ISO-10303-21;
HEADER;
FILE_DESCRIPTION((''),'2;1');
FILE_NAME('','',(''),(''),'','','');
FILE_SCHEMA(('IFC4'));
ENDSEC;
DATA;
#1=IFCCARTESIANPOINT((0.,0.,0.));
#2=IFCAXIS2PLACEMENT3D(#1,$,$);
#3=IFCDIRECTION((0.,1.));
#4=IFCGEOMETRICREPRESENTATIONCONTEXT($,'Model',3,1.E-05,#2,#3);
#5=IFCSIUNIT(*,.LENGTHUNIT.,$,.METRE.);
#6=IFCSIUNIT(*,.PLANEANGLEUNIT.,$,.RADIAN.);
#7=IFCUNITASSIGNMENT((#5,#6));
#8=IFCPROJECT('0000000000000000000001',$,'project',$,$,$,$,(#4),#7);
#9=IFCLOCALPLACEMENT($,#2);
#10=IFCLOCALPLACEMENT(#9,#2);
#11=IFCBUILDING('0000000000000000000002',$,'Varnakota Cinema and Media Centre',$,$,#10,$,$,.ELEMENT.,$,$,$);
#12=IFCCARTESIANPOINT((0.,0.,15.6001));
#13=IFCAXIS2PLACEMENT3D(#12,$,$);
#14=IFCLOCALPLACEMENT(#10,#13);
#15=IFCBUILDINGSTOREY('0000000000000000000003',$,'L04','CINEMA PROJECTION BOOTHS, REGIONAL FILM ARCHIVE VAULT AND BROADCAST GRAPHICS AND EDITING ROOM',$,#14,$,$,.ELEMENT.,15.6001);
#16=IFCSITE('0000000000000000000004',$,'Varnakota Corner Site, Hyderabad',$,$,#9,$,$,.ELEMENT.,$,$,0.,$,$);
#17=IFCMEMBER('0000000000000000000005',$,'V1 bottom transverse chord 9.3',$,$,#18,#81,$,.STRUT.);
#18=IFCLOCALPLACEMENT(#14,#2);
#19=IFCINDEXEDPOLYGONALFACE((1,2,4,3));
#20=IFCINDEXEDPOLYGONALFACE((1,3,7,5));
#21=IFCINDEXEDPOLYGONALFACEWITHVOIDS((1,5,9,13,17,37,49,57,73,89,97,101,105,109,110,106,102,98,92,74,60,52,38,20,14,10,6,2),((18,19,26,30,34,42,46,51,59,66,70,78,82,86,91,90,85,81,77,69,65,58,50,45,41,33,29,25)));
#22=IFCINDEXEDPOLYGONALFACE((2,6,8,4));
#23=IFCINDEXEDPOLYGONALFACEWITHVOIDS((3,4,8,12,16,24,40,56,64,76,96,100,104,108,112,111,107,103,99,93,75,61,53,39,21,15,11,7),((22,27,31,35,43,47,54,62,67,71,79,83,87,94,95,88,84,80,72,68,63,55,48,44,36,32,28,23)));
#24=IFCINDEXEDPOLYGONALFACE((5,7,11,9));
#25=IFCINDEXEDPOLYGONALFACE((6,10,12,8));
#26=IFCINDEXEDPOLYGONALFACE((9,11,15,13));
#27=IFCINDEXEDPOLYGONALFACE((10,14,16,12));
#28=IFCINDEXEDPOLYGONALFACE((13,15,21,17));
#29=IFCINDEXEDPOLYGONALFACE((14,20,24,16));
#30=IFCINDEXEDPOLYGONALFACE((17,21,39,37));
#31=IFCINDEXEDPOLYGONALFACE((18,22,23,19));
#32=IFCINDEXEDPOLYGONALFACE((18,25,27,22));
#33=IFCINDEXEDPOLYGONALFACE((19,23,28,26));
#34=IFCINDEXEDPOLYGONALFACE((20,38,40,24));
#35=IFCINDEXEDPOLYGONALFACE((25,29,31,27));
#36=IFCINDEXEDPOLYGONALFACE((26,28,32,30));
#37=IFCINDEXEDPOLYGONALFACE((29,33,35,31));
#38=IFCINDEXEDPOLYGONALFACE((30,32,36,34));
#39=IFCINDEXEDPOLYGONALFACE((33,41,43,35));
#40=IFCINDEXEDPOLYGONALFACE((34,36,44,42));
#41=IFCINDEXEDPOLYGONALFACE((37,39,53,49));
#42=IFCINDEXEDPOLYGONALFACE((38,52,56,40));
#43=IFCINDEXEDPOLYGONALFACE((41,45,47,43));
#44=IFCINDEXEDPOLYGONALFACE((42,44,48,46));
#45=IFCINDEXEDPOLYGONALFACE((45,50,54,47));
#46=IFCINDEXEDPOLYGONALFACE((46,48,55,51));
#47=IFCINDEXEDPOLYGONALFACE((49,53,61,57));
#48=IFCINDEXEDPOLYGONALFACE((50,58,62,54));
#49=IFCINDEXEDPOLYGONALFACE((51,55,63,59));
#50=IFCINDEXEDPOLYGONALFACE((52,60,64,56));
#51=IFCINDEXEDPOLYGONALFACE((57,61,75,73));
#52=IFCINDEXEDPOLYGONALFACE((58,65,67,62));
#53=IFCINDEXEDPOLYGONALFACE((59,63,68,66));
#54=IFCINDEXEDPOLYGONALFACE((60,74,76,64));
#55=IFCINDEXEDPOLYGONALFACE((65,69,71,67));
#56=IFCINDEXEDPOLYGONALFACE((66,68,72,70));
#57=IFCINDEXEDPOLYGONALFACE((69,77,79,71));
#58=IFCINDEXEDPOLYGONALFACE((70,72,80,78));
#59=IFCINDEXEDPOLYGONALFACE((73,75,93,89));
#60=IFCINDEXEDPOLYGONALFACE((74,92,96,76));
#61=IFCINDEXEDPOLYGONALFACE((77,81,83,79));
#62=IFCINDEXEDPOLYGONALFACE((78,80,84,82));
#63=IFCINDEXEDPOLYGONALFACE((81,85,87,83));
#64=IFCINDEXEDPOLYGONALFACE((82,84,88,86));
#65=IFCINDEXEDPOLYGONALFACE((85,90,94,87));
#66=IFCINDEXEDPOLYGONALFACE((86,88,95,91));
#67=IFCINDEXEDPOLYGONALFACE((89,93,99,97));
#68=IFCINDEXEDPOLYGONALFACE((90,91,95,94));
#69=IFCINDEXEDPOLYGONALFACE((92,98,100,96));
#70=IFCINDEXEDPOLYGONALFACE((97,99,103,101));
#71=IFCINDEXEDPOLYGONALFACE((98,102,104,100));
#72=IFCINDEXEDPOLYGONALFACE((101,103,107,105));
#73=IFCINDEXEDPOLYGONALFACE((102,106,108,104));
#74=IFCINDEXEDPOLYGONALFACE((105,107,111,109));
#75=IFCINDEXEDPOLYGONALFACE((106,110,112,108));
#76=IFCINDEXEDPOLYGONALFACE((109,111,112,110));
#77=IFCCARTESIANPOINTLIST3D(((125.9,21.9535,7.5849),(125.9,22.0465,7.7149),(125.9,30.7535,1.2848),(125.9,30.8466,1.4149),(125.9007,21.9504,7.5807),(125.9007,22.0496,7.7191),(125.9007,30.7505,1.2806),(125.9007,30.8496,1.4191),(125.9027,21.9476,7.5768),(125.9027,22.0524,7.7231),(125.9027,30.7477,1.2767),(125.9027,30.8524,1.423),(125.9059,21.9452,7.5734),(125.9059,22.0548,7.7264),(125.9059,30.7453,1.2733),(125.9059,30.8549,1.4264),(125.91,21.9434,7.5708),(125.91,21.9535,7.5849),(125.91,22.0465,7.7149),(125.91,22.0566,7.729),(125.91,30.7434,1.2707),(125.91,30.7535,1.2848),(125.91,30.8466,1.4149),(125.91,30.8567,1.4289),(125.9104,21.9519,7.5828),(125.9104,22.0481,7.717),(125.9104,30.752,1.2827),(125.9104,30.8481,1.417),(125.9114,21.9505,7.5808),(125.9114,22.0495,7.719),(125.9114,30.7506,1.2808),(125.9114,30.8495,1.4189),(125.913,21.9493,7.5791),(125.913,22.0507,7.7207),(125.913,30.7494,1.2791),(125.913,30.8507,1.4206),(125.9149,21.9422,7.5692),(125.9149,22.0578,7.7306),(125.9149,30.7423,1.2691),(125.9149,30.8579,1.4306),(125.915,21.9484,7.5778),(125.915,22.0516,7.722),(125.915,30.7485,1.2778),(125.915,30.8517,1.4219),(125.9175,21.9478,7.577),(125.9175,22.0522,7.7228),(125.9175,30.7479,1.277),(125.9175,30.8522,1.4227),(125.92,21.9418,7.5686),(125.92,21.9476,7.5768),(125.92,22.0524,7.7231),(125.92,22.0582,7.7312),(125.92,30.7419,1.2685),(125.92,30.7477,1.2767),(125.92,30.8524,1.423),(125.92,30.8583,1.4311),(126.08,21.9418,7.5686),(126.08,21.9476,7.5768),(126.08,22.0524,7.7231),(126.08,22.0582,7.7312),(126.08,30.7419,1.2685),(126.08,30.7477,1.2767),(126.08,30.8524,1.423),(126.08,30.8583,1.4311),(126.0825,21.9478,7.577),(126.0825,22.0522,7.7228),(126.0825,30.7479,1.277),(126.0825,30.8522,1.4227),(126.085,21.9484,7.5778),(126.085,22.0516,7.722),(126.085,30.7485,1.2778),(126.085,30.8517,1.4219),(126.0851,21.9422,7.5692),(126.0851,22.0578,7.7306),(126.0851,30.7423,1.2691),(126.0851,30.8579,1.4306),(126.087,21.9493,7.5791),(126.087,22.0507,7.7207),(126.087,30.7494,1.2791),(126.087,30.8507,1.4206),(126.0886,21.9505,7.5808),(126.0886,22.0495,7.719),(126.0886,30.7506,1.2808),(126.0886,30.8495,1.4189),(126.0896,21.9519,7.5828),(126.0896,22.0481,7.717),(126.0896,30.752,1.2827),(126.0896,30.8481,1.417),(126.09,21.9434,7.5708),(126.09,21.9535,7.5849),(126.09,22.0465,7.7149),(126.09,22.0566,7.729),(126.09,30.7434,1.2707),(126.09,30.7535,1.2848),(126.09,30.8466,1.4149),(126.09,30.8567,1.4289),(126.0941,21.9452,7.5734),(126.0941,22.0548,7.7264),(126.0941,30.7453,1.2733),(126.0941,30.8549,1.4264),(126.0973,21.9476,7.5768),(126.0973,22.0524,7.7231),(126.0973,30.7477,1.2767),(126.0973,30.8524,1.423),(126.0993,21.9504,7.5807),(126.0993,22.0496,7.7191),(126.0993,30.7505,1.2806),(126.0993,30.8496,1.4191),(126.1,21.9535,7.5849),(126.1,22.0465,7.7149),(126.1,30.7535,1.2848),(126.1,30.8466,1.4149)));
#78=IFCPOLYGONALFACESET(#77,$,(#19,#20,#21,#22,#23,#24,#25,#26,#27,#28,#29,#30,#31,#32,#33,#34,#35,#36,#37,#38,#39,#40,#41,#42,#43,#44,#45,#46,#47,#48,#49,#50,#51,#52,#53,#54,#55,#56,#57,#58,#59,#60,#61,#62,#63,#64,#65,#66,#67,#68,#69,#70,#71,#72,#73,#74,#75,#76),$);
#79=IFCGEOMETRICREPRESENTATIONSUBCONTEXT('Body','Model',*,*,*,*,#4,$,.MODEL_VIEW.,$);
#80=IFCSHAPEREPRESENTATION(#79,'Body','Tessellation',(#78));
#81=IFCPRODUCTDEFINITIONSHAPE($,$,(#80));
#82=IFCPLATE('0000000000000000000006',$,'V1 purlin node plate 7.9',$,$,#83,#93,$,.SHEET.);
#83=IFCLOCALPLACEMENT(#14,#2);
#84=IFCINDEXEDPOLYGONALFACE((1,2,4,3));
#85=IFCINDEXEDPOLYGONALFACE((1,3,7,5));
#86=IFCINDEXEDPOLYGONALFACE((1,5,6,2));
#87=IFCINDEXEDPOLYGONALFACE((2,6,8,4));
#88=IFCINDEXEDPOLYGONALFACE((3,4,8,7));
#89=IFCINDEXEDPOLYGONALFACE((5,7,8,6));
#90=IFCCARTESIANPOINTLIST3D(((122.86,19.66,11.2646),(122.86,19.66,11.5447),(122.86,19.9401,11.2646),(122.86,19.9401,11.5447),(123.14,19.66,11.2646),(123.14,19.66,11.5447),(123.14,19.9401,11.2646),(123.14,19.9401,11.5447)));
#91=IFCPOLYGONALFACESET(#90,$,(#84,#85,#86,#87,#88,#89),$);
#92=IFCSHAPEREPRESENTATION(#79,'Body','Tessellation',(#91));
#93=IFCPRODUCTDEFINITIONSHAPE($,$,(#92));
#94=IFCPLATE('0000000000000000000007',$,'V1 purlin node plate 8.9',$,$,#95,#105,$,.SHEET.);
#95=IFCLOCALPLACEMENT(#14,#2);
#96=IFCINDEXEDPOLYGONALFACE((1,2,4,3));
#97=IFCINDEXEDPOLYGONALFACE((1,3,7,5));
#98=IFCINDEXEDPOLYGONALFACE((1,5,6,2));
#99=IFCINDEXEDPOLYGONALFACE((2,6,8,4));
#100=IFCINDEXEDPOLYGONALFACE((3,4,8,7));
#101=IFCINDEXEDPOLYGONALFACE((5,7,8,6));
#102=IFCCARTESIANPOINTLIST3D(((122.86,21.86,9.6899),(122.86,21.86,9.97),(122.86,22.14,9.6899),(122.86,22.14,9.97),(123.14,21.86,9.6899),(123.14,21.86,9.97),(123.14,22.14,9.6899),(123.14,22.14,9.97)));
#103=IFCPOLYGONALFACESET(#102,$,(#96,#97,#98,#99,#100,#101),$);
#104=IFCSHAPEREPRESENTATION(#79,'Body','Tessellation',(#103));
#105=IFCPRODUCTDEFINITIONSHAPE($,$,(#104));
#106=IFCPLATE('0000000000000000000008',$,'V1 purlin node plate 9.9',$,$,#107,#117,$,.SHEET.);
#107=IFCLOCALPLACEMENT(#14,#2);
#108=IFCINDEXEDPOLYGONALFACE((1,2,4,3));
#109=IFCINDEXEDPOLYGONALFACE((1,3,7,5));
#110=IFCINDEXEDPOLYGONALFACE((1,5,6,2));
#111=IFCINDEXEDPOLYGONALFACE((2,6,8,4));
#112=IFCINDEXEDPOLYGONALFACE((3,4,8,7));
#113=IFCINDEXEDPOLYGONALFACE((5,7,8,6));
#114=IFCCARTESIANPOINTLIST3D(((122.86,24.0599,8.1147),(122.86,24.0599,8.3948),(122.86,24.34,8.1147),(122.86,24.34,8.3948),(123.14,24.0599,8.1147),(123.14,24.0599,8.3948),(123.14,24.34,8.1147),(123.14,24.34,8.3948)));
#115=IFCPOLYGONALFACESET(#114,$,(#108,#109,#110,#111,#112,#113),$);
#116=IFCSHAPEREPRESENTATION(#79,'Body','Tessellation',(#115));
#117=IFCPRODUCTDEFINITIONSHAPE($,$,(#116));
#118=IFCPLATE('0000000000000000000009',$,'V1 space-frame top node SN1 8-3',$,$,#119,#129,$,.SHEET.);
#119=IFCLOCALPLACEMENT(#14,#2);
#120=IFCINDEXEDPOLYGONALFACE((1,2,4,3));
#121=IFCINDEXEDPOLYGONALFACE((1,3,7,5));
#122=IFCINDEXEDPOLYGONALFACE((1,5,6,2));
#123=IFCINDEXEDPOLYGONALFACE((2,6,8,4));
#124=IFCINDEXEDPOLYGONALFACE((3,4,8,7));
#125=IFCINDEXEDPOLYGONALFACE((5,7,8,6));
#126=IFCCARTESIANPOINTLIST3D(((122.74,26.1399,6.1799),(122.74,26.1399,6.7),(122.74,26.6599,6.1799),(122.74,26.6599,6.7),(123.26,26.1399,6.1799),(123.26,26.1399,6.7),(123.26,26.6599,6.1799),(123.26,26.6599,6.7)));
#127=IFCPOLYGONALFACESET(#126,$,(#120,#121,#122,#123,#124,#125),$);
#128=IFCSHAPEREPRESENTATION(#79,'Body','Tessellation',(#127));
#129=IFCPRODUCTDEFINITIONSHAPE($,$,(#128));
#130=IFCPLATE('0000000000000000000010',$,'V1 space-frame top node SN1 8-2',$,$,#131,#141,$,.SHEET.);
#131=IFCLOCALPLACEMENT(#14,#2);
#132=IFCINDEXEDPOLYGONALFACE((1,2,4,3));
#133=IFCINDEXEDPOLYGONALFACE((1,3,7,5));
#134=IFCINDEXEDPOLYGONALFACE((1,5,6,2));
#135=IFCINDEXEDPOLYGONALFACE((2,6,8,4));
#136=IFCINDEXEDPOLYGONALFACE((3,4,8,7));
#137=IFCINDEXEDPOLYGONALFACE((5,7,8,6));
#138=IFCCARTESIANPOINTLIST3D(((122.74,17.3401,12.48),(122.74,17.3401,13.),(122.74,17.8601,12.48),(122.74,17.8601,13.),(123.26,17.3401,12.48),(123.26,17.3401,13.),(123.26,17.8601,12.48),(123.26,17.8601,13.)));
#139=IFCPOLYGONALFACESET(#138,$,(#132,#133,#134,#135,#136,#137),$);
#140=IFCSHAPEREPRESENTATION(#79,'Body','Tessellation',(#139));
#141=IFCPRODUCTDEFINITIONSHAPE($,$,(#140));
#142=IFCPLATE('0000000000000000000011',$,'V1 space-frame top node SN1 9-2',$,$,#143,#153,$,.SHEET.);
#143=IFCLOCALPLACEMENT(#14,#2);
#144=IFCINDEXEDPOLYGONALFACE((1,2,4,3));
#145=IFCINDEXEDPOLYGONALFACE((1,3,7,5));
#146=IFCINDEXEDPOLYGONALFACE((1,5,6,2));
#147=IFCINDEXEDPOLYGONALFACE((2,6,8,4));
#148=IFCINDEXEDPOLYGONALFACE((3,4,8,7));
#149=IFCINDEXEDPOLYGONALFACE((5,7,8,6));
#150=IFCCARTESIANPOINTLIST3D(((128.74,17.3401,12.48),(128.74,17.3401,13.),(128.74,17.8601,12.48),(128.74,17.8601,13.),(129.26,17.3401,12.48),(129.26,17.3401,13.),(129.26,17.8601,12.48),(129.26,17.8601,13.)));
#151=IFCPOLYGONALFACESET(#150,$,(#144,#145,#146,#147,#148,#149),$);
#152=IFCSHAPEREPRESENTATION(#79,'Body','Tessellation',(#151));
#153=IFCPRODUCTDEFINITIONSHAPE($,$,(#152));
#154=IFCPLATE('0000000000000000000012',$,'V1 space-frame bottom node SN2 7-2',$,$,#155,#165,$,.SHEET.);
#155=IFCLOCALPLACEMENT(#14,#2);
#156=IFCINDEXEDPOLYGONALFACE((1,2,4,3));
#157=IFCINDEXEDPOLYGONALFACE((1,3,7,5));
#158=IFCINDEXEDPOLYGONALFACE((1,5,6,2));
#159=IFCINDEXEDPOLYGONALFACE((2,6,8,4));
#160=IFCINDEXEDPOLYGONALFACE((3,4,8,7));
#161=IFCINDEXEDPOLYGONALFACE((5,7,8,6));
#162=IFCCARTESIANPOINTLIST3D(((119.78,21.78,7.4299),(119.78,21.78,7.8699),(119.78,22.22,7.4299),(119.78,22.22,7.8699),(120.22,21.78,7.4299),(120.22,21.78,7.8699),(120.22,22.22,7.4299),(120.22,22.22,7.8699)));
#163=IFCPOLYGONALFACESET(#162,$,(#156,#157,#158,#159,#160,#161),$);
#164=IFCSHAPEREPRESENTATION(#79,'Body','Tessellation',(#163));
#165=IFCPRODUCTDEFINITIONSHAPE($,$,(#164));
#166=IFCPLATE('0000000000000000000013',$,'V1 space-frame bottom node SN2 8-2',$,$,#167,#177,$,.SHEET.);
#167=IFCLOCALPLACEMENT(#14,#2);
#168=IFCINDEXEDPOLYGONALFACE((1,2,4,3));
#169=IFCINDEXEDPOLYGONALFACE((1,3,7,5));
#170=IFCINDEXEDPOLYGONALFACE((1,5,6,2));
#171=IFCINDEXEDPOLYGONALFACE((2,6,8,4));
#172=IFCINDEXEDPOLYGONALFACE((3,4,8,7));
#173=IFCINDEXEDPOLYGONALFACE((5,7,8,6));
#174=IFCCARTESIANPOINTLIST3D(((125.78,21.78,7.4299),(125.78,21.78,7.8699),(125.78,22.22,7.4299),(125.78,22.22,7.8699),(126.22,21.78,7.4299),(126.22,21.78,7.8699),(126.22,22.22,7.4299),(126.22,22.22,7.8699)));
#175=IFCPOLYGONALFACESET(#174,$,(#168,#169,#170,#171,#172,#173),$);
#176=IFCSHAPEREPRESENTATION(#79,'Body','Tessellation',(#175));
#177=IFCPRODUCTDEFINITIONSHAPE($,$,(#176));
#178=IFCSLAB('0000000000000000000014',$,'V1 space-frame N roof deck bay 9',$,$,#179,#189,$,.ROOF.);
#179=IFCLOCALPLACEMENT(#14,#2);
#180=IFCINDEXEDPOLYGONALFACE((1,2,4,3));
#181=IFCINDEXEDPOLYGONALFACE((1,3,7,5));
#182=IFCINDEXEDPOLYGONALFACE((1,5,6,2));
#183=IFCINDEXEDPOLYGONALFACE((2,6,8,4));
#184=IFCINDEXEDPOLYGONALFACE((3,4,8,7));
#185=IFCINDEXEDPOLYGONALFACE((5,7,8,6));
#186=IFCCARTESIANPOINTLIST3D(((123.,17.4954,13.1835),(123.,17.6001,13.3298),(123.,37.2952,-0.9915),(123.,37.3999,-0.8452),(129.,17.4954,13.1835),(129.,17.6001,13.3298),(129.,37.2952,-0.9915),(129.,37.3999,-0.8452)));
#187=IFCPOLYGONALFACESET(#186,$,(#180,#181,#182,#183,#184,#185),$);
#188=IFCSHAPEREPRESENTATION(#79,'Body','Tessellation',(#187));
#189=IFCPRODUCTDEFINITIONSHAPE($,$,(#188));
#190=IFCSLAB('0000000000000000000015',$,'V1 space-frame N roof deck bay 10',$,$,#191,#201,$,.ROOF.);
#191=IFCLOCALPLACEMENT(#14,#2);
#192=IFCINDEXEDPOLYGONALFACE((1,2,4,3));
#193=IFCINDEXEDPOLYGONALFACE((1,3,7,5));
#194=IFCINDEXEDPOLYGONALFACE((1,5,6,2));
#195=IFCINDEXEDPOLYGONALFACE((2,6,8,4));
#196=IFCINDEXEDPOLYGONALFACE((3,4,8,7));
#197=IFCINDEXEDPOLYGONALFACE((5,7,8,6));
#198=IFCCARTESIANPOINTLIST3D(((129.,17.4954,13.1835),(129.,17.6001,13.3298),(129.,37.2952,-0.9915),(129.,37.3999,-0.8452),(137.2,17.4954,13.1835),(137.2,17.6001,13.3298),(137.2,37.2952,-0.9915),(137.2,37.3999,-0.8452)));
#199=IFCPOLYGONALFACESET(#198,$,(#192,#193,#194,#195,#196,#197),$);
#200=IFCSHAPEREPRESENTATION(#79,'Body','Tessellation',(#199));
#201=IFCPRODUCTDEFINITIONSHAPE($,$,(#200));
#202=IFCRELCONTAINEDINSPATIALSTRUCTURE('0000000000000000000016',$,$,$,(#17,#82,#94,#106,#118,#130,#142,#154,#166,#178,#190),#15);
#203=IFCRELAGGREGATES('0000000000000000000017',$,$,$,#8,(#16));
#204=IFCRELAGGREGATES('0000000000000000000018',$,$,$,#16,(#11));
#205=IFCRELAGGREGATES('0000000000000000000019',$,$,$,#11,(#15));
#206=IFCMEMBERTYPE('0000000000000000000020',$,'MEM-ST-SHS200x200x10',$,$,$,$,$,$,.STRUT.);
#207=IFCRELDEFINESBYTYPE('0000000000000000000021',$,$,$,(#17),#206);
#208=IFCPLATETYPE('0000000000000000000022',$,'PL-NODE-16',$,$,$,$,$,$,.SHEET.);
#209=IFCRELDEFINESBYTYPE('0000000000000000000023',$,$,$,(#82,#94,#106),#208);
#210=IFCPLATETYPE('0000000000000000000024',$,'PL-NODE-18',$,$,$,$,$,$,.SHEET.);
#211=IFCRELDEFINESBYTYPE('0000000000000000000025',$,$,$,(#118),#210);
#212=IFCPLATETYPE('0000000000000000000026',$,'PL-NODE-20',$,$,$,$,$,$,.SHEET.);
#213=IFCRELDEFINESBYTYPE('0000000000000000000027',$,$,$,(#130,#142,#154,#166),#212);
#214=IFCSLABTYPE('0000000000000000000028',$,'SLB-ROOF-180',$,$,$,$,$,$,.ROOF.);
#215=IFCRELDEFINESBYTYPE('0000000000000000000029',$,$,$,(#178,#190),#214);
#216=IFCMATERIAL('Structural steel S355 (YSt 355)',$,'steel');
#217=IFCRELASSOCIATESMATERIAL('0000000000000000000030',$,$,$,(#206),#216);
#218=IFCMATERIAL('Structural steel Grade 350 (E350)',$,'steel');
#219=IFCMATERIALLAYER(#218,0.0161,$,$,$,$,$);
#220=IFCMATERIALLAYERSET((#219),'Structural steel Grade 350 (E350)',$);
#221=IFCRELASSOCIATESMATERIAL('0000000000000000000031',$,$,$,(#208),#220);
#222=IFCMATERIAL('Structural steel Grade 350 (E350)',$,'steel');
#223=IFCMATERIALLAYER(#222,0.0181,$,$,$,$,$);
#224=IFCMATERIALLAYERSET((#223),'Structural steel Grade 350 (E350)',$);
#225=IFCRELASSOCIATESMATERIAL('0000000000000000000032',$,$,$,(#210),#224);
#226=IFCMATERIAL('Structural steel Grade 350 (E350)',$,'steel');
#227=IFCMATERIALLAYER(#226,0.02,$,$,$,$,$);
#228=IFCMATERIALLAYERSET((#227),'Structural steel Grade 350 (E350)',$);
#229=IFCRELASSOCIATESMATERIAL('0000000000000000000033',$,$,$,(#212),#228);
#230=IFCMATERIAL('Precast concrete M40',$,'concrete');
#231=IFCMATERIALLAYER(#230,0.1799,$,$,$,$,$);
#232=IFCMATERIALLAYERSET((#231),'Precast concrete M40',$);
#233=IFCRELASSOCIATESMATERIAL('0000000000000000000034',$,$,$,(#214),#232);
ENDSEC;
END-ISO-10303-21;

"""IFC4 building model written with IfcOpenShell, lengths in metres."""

from ifc_helpers import new_model, si_unit, direction, frame, origin, origin_2d, place, context, subcontext, project, spatial, polyline, rectangle, hollow_rectangle, outline, extrude, material, layer, layer_set, material_profile, profile_set, type_object, element, save


model = new_model("IFC4")

# Units and contexts
model_context = context("Model", 3, precision=1e-05, world=origin(), true_north=direction((0.0, 1.0)))
body_context = subcontext(model_context, "Body", "Model", "MODEL_VIEW")
ifc_project = project(units=[si_unit("LENGTHUNIT", "METRE"), si_unit("PLANEANGLEUNIT", "RADIAN")], contexts=[model_context])

# Site, building, storey
site_placement = place(None, origin())
site = spatial("IfcSite", under=ifc_project, at=site_placement, Name="Varnakota Corner Site, Hyderabad", CompositionType="ELEMENT", RefElevation=0.0)
building_placement = place(site_placement, origin())
building = spatial("IfcBuilding", under=site, at=building_placement, Name="Varnakota Cinema and Media Centre", CompositionType="ELEMENT")
storey_placement = place(building_placement, frame((0.0, 0.0, 15.6001)))
storey = spatial("IfcBuildingStorey", under=building, at=storey_placement, Name="L04", Description="CINEMA PROJECTION BOOTHS, REGIONAL FILM ARCHIVE VAULT AND BROADCAST GRAPHICS AND EDITING ROOM", CompositionType="ELEMENT", Elevation=15.6001)

# Member
ifc_material_1 = material(Name="Structural steel S355 (YSt 355)", Category="steel")
ifc_material_profile_1 = material_profile(ifc_material_1, hollow_rectangle(XDim=0.2, YDim=0.2, WallThickness=0.01, InnerFilletRadius=0.01, OuterFilletRadius=0.02, at=origin_2d()), Name="SHS 200x200x10")
ifc_profile_set_1 = profile_set([ifc_material_profile_1], Name="Structural steel S355 (YSt 355)")
member_type_1 = type_object("IfcMemberType", Name="MEM-ST-SHS200x200x10", PredefinedType="STRUT", material=ifc_profile_set_1)
for number, where, z_axis, x_axis, name in (
    (1, (126.0, 22.0, 7.6499), (0.0, 0.813108, -0.582113), (-1.0, 0.0, 0.0), "V1 bottom transverse chord 9.3"),
):
    element("IfcMember", number, at=place(storey_placement, frame(where, z_axis=z_axis, x_axis=x_axis)), inside=storey, type_object=member_type_1, Name=name, PredefinedType="STRUT", context=body_context, shape_type="SweptSolid", body=[
        extrude(hollow_rectangle(XDim=0.2, YDim=0.2, WallThickness=0.01, InnerFilletRadius=0.01, OuterFilletRadius=0.02, at=origin_2d()), origin(), (0.0, 0.0, 1.0), 10.8228),
    ])

# Plates
ifc_material_2 = material(Name="Structural steel Grade 350 (E350)", Category="steel")
ifc_layer_1 = layer(ifc_material_2, 0.0161)
ifc_layer_set_1 = layer_set([ifc_layer_1], Name="Structural steel Grade 350 (E350)")
plate_type_1 = type_object("IfcPlateType", Name="PL-NODE-16", PredefinedType="SHEET", material=ifc_layer_set_1)
for number, where, z_axis, x_axis, name in (
    (2, (123.0, 19.8, 11.2646), (0.0, 0.0, 1.0), (1.0, 0.0, 0.0), "V1 purlin node plate 7.9"),
    (3, (123.0, 22.0, 9.6899), (0.0, 0.0, 1.0), (1.0, 0.0, 0.0), "V1 purlin node plate 8.9"),
    (4, (123.0, 24.2, 8.1147), (0.0, 0.0, 1.0), (1.0, 0.0, 0.0), "V1 purlin node plate 9.9"),
):
    element("IfcPlate", number, at=place(storey_placement, frame(where, z_axis=z_axis, x_axis=x_axis)), inside=storey, type_object=plate_type_1, Name=name, PredefinedType="SHEET", context=body_context, shape_type="SweptSolid", body=[
        extrude(rectangle(XDim=0.28, YDim=0.28, at=origin_2d()), origin(), (0.0, 0.0, 1.0), 0.28),
    ])
ifc_material_3 = material(Name="Structural steel Grade 350 (E350)", Category="steel")
ifc_layer_2 = layer(ifc_material_3, 0.0181)
ifc_layer_set_2 = layer_set([ifc_layer_2], Name="Structural steel Grade 350 (E350)")
plate_type_2 = type_object("IfcPlateType", Name="PL-NODE-18", PredefinedType="SHEET", material=ifc_layer_set_2)
plate_placement = place(storey_placement, frame((123.0, 26.3999, 6.1799), z_axis=(0.0, 0.0, 1.0), x_axis=(1.0, 0.0, 0.0)))
element("IfcPlate", 5, at=plate_placement, inside=storey, type_object=plate_type_2, Name="V1 space-frame top node SN1 8-3", PredefinedType="SHEET", context=body_context, shape_type="SweptSolid", body=[
    extrude(rectangle(XDim=0.52, YDim=0.52, at=origin_2d()), origin(), (0.0, 0.0, 1.0), 0.52),
])
ifc_material_4 = material(Name="Structural steel Grade 350 (E350)", Category="steel")
ifc_layer_3 = layer(ifc_material_4, 0.02)
ifc_layer_set_3 = layer_set([ifc_layer_3], Name="Structural steel Grade 350 (E350)")
plate_type_3 = type_object("IfcPlateType", Name="PL-NODE-20", PredefinedType="SHEET", material=ifc_layer_set_3)
for number, where, z_axis, x_axis, name in (
    (6, (123.0, 17.6001, 12.48), (0.0, 0.0, 1.0), (1.0, 0.0, 0.0), "V1 space-frame top node SN1 8-2"),
    (7, (129.0, 17.6001, 12.48), (0.0, 0.0, 1.0), (1.0, 0.0, 0.0), "V1 space-frame top node SN1 9-2"),
):
    element("IfcPlate", number, at=place(storey_placement, frame(where, z_axis=z_axis, x_axis=x_axis)), inside=storey, type_object=plate_type_3, Name=name, PredefinedType="SHEET", context=body_context, shape_type="SweptSolid", body=[
        extrude(rectangle(XDim=0.52, YDim=0.52, at=origin_2d()), origin(), (0.0, 0.0, 1.0), 0.52),
    ])
for number, where, z_axis, x_axis, name in (
    (8, (120.0, 22.0, 7.4299), (0.0, 0.0, 1.0), (1.0, 0.0, 0.0), "V1 space-frame bottom node SN2 7-2"),
    (9, (126.0, 22.0, 7.4299), (0.0, 0.0, 1.0), (1.0, 0.0, 0.0), "V1 space-frame bottom node SN2 8-2"),
):
    element("IfcPlate", number, at=place(storey_placement, frame(where, z_axis=z_axis, x_axis=x_axis)), inside=storey, type_object=plate_type_3, Name=name, PredefinedType="SHEET", context=body_context, shape_type="SweptSolid", body=[
        extrude(rectangle(XDim=0.4399, YDim=0.4399, at=origin_2d()), origin(), (0.0, 0.0, 1.0), 0.4399),
    ])

# Slabs
ifc_material_5 = material(Name="Precast concrete M40", Category="concrete")
ifc_layer_4 = layer(ifc_material_5, 0.1799)
ifc_layer_set_4 = layer_set([ifc_layer_4], Name="Precast concrete M40")
slab_type = type_object("IfcSlabType", Name="SLB-ROOF-180", PredefinedType="ROOF", material=ifc_layer_set_4)
slab_1_placement = place(storey_placement, frame((123.0, 17.6001, 13.3298), z_axis=(0.0, 0.582117, 0.813105), x_axis=(1.0, 0.0, 0.0)))
element("IfcSlab", 10, at=slab_1_placement, inside=storey, type_object=slab_type, Name="V1 space-frame N roof deck bay 9", PredefinedType="ROOF", context=body_context, shape_type="SweptSolid", body=[
    extrude(outline(polyline([(0.0, 0.0), (6.0, 0.0), (6.0, 24.3509), (0.0, 24.3509), (0.0, 0.0)])), origin(), (0.0, 0.0, -1.0), 0.1799),
])
slab_2_placement = place(storey_placement, frame((129.0, 17.6001, 13.3298), z_axis=(0.0, 0.582117, 0.813105), x_axis=(1.0, 0.0, 0.0)))
element("IfcSlab", 11, at=slab_2_placement, inside=storey, type_object=slab_type, Name="V1 space-frame N roof deck bay 10", PredefinedType="ROOF", context=body_context, shape_type="SweptSolid", body=[
    extrude(outline(polyline([(0.0, 0.0), (8.2, 0.0), (8.2, 24.3509), (0.0, 24.3509), (0.0, 0.0)])), origin(), (0.0, 0.0, -1.0), 0.1799),
])

save(model, "model.ifc")
